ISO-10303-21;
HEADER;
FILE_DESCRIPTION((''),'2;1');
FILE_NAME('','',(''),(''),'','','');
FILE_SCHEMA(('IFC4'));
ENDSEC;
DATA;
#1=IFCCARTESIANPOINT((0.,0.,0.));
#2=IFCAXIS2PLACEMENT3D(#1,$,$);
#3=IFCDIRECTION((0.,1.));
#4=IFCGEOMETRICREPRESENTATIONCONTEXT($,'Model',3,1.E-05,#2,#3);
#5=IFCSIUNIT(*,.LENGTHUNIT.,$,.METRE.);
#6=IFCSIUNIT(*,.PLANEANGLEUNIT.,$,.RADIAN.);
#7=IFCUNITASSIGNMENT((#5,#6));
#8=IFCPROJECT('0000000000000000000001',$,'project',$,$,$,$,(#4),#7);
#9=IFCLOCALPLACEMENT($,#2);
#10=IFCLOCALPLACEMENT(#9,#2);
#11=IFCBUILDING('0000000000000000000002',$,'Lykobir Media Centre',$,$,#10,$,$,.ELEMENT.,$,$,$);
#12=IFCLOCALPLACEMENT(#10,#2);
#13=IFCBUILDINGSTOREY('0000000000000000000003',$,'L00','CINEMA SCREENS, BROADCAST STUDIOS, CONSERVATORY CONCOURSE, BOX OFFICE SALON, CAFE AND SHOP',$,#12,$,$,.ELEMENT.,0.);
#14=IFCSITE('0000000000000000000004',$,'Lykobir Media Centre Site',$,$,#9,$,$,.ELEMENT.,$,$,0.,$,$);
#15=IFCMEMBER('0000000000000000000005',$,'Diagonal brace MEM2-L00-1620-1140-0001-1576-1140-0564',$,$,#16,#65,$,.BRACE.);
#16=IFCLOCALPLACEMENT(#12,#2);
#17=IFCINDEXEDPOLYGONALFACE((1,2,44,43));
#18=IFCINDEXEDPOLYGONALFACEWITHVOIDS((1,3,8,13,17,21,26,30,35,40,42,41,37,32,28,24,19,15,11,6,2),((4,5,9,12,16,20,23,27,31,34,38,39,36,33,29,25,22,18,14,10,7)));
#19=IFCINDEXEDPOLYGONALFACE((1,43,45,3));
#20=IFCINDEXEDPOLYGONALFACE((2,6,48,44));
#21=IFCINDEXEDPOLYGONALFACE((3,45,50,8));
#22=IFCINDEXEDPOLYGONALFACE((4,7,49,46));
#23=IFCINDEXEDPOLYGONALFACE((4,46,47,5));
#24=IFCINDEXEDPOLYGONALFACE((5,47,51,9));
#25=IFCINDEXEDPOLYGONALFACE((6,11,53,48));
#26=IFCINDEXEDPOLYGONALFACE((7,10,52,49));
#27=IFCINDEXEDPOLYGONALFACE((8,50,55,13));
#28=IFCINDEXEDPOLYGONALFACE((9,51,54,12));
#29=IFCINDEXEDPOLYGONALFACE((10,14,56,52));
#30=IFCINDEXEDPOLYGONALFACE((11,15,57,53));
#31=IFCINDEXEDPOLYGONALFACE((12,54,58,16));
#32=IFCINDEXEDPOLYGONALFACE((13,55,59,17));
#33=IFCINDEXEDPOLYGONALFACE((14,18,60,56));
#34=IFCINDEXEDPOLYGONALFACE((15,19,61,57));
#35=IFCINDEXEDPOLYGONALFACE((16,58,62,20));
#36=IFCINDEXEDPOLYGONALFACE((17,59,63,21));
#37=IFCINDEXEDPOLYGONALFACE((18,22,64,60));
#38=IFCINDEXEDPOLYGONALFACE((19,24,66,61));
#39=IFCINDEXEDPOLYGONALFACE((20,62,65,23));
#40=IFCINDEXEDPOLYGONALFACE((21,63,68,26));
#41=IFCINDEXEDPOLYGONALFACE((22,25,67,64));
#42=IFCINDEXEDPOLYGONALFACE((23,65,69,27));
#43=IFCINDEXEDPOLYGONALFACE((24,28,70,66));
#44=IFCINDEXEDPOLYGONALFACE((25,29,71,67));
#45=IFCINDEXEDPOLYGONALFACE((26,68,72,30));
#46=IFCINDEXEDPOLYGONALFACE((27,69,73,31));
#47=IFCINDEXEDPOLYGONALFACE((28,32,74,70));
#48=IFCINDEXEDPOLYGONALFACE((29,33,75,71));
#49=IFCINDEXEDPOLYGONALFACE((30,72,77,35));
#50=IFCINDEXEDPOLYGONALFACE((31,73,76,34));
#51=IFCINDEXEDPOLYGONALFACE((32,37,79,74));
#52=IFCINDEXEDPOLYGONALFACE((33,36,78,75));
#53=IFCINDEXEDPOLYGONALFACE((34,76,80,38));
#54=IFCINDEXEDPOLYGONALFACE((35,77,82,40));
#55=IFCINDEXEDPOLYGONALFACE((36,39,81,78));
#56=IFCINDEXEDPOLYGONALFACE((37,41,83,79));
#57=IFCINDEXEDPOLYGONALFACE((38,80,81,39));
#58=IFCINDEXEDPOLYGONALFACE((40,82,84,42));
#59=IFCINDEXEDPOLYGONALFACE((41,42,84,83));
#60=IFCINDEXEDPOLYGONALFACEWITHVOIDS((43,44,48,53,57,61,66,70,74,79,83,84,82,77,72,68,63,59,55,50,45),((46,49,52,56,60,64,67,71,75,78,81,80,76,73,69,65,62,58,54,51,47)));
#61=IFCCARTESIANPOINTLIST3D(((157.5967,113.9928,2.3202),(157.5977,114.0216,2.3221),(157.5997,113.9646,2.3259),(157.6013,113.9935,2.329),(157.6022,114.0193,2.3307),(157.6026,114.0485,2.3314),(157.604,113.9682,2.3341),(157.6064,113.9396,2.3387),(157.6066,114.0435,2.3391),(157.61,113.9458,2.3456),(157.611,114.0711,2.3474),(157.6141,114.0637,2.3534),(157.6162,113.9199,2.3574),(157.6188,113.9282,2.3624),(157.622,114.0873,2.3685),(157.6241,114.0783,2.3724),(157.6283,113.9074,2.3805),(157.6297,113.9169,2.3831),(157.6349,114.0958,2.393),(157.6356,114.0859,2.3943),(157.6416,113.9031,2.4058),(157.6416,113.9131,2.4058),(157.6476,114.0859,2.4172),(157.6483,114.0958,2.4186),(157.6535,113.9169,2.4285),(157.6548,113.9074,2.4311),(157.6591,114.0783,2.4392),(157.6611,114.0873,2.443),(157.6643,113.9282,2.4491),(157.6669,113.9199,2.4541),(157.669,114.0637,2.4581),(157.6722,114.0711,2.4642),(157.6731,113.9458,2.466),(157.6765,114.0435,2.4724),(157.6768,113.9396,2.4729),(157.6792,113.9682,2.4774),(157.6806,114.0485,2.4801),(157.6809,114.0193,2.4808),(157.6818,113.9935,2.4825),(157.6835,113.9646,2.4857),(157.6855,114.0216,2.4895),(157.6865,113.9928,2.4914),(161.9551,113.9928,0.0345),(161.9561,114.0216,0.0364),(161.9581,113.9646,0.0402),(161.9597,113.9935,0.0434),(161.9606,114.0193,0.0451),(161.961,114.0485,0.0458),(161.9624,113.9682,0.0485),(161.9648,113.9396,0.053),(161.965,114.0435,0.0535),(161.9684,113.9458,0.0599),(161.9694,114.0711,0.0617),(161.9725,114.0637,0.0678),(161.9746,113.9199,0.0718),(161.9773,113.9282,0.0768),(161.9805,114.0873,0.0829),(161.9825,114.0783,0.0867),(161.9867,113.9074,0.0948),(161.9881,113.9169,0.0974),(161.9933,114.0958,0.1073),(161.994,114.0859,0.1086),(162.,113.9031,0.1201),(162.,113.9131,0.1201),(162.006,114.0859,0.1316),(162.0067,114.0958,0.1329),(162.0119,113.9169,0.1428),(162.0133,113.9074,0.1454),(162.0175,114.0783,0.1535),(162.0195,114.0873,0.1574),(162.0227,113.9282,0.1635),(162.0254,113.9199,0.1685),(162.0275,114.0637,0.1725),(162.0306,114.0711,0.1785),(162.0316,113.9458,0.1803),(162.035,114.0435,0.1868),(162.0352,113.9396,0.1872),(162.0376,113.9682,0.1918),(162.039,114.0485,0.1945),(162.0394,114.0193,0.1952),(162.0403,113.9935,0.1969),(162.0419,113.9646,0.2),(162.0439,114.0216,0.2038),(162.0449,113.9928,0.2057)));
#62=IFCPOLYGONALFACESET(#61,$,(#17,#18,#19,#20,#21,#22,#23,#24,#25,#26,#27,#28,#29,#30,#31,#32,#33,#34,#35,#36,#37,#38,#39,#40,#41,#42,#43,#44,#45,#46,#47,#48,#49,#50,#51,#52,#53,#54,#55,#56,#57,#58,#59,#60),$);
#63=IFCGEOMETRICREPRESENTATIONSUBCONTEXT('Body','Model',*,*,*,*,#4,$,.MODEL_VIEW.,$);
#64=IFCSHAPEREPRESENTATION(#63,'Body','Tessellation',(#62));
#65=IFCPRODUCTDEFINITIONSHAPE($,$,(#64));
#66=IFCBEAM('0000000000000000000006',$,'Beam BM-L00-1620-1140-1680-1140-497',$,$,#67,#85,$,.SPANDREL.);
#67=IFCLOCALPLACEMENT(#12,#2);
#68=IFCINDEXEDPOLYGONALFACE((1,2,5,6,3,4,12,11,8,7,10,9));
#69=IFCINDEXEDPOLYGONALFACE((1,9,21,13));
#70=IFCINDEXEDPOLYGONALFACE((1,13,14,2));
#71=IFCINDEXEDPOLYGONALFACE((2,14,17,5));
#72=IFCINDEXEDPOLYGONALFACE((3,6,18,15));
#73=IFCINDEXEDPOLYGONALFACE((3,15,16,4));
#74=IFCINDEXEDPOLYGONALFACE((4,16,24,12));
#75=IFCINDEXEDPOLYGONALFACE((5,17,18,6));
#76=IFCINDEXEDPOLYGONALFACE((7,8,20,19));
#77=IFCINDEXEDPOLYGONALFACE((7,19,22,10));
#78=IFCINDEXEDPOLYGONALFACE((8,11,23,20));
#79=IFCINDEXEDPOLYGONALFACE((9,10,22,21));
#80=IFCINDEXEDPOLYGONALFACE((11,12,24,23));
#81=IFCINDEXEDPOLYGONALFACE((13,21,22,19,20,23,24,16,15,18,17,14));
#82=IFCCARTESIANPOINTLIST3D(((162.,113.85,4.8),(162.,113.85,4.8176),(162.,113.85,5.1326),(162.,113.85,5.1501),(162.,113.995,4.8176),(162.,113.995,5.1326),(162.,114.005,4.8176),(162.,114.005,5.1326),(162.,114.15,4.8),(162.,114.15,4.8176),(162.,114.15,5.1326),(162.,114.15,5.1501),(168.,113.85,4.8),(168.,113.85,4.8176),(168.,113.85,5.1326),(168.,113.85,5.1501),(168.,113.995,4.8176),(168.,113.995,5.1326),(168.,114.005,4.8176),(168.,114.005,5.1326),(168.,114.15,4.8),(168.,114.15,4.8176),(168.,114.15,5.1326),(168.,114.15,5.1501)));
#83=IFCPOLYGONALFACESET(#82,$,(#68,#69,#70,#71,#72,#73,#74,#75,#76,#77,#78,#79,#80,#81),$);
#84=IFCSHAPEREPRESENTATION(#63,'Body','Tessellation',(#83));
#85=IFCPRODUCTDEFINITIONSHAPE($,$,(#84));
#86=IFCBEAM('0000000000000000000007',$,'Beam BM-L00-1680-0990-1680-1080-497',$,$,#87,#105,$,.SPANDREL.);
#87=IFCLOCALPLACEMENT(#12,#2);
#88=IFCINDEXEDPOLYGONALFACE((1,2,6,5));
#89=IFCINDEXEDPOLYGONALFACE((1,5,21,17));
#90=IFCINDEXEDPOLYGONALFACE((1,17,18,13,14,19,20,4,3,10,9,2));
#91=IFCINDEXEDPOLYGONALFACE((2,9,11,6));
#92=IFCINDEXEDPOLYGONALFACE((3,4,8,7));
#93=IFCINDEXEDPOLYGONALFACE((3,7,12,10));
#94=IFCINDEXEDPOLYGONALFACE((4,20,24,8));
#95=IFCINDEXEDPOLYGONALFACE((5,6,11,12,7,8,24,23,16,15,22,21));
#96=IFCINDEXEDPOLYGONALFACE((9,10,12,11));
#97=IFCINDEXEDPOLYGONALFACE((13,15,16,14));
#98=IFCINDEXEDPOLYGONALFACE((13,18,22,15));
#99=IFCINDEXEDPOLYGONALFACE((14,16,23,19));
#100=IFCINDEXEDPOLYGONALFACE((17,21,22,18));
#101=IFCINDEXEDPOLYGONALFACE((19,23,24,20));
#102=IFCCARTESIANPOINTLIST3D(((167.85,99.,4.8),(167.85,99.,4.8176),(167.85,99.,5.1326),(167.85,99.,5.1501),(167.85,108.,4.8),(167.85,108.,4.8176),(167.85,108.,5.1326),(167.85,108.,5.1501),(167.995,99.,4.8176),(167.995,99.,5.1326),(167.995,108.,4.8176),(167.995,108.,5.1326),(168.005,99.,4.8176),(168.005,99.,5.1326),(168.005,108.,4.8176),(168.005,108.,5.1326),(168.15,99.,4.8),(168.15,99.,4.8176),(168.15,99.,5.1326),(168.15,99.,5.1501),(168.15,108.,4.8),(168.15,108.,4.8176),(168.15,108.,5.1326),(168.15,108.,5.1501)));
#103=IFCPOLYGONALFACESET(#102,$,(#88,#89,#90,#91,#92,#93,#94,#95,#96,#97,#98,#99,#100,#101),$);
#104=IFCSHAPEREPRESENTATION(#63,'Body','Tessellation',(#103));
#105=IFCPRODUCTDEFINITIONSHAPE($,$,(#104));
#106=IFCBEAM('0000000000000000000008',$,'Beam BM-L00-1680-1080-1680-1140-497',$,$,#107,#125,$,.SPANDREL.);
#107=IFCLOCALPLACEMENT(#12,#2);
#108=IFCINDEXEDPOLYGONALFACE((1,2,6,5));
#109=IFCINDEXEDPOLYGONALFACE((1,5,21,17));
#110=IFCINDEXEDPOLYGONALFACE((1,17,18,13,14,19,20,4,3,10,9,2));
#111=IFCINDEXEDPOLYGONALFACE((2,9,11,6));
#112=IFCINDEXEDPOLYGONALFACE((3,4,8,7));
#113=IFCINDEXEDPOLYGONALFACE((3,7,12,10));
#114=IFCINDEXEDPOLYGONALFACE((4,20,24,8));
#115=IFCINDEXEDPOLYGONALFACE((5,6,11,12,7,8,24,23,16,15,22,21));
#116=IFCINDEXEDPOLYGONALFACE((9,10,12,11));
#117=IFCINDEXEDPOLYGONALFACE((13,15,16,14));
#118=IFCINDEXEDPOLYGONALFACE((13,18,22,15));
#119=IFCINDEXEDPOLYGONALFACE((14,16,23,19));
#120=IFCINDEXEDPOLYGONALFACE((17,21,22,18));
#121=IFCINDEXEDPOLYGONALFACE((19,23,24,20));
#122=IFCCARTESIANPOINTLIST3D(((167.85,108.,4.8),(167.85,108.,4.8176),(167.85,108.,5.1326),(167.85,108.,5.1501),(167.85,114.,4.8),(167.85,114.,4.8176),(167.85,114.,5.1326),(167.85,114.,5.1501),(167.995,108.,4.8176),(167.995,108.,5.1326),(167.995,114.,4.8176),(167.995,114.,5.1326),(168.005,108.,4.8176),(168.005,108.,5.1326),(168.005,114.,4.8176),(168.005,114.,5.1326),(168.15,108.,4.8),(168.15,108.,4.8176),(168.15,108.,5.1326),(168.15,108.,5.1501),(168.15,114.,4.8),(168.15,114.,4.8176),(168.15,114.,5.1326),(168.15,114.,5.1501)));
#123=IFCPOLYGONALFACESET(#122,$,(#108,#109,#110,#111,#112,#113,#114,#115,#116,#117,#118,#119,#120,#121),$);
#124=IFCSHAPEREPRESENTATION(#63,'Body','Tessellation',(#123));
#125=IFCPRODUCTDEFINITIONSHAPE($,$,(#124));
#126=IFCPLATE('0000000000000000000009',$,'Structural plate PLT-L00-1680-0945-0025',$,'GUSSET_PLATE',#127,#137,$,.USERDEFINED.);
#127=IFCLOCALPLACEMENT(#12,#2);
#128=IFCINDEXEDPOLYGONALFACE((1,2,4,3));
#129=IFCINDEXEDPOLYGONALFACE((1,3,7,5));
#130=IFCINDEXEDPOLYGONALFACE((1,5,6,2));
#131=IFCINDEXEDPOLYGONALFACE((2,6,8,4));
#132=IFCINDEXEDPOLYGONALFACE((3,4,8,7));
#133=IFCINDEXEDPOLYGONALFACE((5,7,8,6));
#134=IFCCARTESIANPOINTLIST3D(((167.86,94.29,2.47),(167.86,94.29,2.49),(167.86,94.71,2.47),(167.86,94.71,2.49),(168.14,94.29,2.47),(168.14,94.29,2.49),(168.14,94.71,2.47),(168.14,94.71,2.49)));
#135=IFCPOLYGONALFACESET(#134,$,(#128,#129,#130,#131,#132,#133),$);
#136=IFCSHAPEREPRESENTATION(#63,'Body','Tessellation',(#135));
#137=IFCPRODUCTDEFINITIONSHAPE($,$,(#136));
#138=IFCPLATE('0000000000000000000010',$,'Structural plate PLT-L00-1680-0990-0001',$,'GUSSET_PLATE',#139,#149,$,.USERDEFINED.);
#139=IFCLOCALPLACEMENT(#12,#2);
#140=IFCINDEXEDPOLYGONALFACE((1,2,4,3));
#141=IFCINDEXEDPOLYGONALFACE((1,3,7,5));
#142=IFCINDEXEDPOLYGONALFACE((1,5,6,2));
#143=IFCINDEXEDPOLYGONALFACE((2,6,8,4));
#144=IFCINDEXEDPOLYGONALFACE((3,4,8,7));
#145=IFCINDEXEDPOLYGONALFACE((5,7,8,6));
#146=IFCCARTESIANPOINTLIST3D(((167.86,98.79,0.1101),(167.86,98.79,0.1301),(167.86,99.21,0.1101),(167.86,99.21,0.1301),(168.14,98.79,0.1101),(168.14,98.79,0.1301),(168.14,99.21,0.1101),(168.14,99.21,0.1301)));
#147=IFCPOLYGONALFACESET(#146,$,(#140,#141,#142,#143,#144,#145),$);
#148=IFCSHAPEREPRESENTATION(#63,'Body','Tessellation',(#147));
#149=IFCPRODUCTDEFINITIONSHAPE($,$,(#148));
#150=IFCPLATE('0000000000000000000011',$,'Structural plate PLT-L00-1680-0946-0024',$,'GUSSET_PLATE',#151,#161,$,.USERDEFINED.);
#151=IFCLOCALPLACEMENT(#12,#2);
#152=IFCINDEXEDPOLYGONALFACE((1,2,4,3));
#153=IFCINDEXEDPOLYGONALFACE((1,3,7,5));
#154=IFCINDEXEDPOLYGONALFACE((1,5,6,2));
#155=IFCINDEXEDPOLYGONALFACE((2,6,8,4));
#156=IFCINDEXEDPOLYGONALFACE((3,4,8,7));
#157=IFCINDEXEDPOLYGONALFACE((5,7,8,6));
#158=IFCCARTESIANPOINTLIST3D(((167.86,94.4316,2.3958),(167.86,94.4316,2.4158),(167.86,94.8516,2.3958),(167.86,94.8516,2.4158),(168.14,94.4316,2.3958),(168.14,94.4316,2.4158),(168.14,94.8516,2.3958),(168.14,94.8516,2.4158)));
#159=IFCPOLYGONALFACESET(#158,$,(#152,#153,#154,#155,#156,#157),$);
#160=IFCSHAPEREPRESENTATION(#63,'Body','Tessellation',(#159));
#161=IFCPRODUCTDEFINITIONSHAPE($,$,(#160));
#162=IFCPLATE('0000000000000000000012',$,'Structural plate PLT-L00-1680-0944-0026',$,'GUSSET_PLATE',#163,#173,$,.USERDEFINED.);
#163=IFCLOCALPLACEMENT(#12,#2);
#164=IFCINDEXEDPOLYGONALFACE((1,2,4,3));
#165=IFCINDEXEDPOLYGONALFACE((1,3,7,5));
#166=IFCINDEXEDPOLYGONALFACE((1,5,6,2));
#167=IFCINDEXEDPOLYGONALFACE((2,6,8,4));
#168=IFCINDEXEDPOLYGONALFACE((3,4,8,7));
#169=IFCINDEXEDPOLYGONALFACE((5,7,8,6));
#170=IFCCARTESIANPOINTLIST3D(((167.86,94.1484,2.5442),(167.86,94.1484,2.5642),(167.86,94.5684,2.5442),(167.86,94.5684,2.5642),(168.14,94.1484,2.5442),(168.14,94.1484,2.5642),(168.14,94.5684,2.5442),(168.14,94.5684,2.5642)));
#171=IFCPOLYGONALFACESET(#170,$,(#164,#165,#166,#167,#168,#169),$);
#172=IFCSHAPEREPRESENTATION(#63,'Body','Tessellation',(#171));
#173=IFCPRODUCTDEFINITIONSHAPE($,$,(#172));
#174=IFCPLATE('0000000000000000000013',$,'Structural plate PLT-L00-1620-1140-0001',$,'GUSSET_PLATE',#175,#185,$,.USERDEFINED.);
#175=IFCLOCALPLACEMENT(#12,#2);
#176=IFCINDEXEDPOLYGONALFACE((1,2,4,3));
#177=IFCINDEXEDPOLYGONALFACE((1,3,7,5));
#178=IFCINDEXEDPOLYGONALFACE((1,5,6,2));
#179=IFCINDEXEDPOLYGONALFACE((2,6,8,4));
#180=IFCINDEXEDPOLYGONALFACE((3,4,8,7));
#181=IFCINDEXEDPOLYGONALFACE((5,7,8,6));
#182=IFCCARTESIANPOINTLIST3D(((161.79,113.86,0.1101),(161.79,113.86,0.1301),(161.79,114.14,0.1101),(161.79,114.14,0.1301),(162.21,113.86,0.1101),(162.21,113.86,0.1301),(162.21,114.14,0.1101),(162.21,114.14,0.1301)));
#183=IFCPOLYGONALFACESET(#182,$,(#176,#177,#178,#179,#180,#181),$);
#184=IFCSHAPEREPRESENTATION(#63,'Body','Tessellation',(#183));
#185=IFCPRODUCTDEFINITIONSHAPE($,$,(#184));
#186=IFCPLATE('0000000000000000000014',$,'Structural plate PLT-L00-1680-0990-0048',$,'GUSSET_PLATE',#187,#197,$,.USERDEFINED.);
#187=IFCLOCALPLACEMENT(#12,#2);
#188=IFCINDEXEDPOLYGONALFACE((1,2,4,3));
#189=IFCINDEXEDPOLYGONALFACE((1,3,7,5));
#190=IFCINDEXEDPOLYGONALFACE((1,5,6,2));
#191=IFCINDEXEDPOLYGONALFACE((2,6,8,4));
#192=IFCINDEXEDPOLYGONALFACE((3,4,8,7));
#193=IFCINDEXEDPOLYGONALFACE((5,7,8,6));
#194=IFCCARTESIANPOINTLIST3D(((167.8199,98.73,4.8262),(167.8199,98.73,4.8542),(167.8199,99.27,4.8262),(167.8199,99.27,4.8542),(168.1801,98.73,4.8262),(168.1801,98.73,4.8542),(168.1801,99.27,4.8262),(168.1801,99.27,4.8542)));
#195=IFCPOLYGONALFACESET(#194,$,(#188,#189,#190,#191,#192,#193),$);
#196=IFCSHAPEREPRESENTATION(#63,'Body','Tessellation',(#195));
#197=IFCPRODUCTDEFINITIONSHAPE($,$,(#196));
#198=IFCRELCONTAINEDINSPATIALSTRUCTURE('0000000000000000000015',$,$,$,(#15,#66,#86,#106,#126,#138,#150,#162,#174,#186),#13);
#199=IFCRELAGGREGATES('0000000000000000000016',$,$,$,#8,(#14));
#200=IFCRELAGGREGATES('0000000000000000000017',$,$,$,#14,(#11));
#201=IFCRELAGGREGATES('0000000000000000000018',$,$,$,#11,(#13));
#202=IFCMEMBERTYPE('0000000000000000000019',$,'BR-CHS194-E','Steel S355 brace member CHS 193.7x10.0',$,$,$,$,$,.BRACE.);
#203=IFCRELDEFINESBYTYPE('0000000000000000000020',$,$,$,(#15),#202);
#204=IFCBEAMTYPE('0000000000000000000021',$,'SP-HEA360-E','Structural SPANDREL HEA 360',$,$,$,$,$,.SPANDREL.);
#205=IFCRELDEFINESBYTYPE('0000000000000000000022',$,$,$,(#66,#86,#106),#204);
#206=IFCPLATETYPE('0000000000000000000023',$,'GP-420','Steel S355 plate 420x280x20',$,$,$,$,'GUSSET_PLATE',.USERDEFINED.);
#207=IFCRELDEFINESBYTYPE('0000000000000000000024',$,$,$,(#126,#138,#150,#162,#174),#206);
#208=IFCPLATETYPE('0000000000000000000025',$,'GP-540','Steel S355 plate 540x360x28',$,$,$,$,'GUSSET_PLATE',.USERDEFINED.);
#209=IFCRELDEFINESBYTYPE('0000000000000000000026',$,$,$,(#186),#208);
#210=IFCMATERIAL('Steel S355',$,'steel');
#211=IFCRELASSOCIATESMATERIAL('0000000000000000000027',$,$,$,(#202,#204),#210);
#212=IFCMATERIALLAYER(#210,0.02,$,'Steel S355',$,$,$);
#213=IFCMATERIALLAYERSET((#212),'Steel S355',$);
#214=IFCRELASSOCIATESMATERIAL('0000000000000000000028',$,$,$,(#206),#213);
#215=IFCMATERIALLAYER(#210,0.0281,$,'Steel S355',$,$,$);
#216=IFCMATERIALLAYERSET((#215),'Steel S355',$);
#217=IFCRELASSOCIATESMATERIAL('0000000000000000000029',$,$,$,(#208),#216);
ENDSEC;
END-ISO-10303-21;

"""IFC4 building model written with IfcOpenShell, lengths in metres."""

from ifc_helpers import new_model, si_unit, direction, frame, origin, origin_2d, place, context, subcontext, project, spatial, rectangle, hollow_circle, i_section, extrude, material, layer, layer_set, material_profile, profile_set, type_object, element, save


model = new_model("IFC4")

# Units and contexts
model_context = context("Model", 3, precision=1e-05, world=origin(), true_north=direction((0.0, 1.0)))
body_context = subcontext(model_context, "Body", "Model", "MODEL_VIEW")
ifc_project = project(units=[si_unit("LENGTHUNIT", "METRE"), si_unit("PLANEANGLEUNIT", "RADIAN")], contexts=[model_context])

# Site, building, storey
site_placement = place(None, origin())
site = spatial("IfcSite", under=ifc_project, at=site_placement, Name="Lykobir Media Centre Site", CompositionType="ELEMENT", RefElevation=0.0)
building_placement = place(site_placement, origin())
building = spatial("IfcBuilding", under=site, at=building_placement, Name="Lykobir Media Centre", CompositionType="ELEMENT")
storey_placement = place(building_placement, origin())
storey = spatial("IfcBuildingStorey", under=building, at=storey_placement, Name="L00", Description="CINEMA SCREENS, BROADCAST STUDIOS, CONSERVATORY CONCOURSE, BOX OFFICE SALON, CAFE AND SHOP", CompositionType="ELEMENT", Elevation=0.0)

# Member
ifc_material_1 = material(Name="Steel S355", Category="steel")
ifc_material_profile_1 = material_profile(ifc_material_1, hollow_circle(Radius=0.0969, WallThickness=0.01, at=origin_2d()), Name="CHS 193.7x10.0")
ifc_profile_set_1 = profile_set([ifc_material_profile_1], Name="Steel S355")
member_type = type_object("IfcMemberType", Name="BR-CHS194-E", Description="Steel S355 brace member CHS 193.7x10.0", PredefinedType="BRACE", material=ifc_profile_set_1)
for number, where, z_axis, x_axis, name in (
    (1, (162.0, 114.0, 0.1201), (-0.885608, 0.0, 0.464433), (0.0, -1.0, 0.0), "Diagonal brace MEM2-L00-1620-1140-0001-1576-1140-0564"),
):
    element("IfcMember", number, at=place(storey_placement, frame(where, z_axis=z_axis, x_axis=x_axis)), inside=storey, type_object=member_type, Name=name, PredefinedType="BRACE", context=body_context, shape_type="SweptSolid", body=[
        extrude(hollow_circle(Radius=0.0969, WallThickness=0.01, at=origin_2d()), origin(), (0.0, 0.0, 1.0), 4.9214),
    ])

# Beams
ifc_material_profile_2 = material_profile(ifc_material_1, i_section(OverallWidth=0.3, OverallDepth=0.3501, WebThickness=0.01, FlangeThickness=0.0176, at=origin_2d()), Name="HEA 360")
ifc_profile_set_2 = profile_set([ifc_material_profile_2], Name="Steel S355")
beam_type = type_object("IfcBeamType", Name="SP-HEA360-E", Description="Structural SPANDREL HEA 360", PredefinedType="SPANDREL", material=ifc_profile_set_2)
beam_1_placement = place(storey_placement, frame((162.0, 114.0, 4.9751), z_axis=(1.0, 0.0, 0.0), x_axis=(0.0, 1.0, 0.0)))
element("IfcBeam", 2, at=beam_1_placement, inside=storey, type_object=beam_type, Name="Beam BM-L00-1620-1140-1680-1140-497", PredefinedType="SPANDREL", context=body_context, shape_type="SweptSolid", body=[
    extrude(i_section(OverallWidth=0.3, OverallDepth=0.3501, WebThickness=0.01, FlangeThickness=0.0176, at=origin_2d()), origin(), (0.0, 0.0, 1.0), 6.0),
])
beam_2_placement = place(storey_placement, frame((168.0, 99.0, 4.9751), z_axis=(0.0, 1.0, 0.0), x_axis=(-1.0, 0.0, 0.0)))
element("IfcBeam", 3, at=beam_2_placement, inside=storey, type_object=beam_type, Name="Beam BM-L00-1680-0990-1680-1080-497", PredefinedType="SPANDREL", context=body_context, shape_type="SweptSolid", body=[
    extrude(i_section(OverallWidth=0.3, OverallDepth=0.3501, WebThickness=0.01, FlangeThickness=0.0176, at=origin_2d()), origin(), (0.0, 0.0, 1.0), 9.0),
])
beam_3_placement = place(storey_placement, frame((168.0, 108.0, 4.9751), z_axis=(0.0, 1.0, 0.0), x_axis=(-1.0, 0.0, 0.0)))
element("IfcBeam", 4, at=beam_3_placement, inside=storey, type_object=beam_type, Name="Beam BM-L00-1680-1080-1680-1140-497", PredefinedType="SPANDREL", context=body_context, shape_type="SweptSolid", body=[
    extrude(i_section(OverallWidth=0.3, OverallDepth=0.3501, WebThickness=0.01, FlangeThickness=0.0176, at=origin_2d()), origin(), (0.0, 0.0, 1.0), 6.0),
])

# Plates
ifc_layer_1 = layer(ifc_material_1, 0.02, Name="Steel S355")
ifc_layer_set_1 = layer_set([ifc_layer_1], Name="Steel S355")
plate_type_1 = type_object("IfcPlateType", Name="GP-420", Description="Steel S355 plate 420x280x20", ElementType="GUSSET_PLATE", PredefinedType="USERDEFINED", material=ifc_layer_set_1)
for number, where, z_axis, x_axis, name in (
    (5, (168.0, 94.5, 2.47), (0.0, 0.0, 1.0), (0.0, 1.0, 0.0), "Structural plate PLT-L00-1680-0945-0025"),
    (6, (168.0, 99.0, 0.1101), (0.0, 0.0, 1.0), (0.0, 1.0, 0.0), "Structural plate PLT-L00-1680-0990-0001"),
    (7, (168.0, 94.6416, 2.3958), (0.0, 0.0, 1.0), (0.0, 1.0, 0.0), "Structural plate PLT-L00-1680-0946-0024"),
    (8, (168.0, 94.3584, 2.5442), (0.0, 0.0, 1.0), (0.0, 1.0, 0.0), "Structural plate PLT-L00-1680-0944-0026"),
    (9, (162.0, 114.0, 0.1101), (0.0, 0.0, 1.0), (1.0, 0.0, 0.0), "Structural plate PLT-L00-1620-1140-0001"),
):
    element("IfcPlate", number, at=place(storey_placement, frame(where, z_axis=z_axis, x_axis=x_axis)), inside=storey, type_object=plate_type_1, Name=name, ObjectType="GUSSET_PLATE", PredefinedType="USERDEFINED", context=body_context, shape_type="SweptSolid", body=[
        extrude(rectangle(XDim=0.4199, YDim=0.28, at=origin_2d()), origin(), (0.0, 0.0, 1.0), 0.02),
    ])
ifc_layer_2 = layer(ifc_material_1, 0.0281, Name="Steel S355")
ifc_layer_set_2 = layer_set([ifc_layer_2], Name="Steel S355")
plate_type_2 = type_object("IfcPlateType", Name="GP-540", Description="Steel S355 plate 540x360x28", ElementType="GUSSET_PLATE", PredefinedType="USERDEFINED", material=ifc_layer_set_2)
for number, where, z_axis, x_axis, name in (
    (10, (168.0, 99.0, 4.8262), (0.0, 0.0, 1.0), (0.0, 1.0, 0.0), "Structural plate PLT-L00-1680-0990-0048"),
):
    element("IfcPlate", number, at=place(storey_placement, frame(where, z_axis=z_axis, x_axis=x_axis)), inside=storey, type_object=plate_type_2, Name=name, ObjectType="GUSSET_PLATE", PredefinedType="USERDEFINED", context=body_context, shape_type="SweptSolid", body=[
        extrude(rectangle(XDim=0.54, YDim=0.3601, at=origin_2d()), origin(), (0.0, 0.0, 1.0), 0.0281),
    ])

save(model, "model.ifc")
